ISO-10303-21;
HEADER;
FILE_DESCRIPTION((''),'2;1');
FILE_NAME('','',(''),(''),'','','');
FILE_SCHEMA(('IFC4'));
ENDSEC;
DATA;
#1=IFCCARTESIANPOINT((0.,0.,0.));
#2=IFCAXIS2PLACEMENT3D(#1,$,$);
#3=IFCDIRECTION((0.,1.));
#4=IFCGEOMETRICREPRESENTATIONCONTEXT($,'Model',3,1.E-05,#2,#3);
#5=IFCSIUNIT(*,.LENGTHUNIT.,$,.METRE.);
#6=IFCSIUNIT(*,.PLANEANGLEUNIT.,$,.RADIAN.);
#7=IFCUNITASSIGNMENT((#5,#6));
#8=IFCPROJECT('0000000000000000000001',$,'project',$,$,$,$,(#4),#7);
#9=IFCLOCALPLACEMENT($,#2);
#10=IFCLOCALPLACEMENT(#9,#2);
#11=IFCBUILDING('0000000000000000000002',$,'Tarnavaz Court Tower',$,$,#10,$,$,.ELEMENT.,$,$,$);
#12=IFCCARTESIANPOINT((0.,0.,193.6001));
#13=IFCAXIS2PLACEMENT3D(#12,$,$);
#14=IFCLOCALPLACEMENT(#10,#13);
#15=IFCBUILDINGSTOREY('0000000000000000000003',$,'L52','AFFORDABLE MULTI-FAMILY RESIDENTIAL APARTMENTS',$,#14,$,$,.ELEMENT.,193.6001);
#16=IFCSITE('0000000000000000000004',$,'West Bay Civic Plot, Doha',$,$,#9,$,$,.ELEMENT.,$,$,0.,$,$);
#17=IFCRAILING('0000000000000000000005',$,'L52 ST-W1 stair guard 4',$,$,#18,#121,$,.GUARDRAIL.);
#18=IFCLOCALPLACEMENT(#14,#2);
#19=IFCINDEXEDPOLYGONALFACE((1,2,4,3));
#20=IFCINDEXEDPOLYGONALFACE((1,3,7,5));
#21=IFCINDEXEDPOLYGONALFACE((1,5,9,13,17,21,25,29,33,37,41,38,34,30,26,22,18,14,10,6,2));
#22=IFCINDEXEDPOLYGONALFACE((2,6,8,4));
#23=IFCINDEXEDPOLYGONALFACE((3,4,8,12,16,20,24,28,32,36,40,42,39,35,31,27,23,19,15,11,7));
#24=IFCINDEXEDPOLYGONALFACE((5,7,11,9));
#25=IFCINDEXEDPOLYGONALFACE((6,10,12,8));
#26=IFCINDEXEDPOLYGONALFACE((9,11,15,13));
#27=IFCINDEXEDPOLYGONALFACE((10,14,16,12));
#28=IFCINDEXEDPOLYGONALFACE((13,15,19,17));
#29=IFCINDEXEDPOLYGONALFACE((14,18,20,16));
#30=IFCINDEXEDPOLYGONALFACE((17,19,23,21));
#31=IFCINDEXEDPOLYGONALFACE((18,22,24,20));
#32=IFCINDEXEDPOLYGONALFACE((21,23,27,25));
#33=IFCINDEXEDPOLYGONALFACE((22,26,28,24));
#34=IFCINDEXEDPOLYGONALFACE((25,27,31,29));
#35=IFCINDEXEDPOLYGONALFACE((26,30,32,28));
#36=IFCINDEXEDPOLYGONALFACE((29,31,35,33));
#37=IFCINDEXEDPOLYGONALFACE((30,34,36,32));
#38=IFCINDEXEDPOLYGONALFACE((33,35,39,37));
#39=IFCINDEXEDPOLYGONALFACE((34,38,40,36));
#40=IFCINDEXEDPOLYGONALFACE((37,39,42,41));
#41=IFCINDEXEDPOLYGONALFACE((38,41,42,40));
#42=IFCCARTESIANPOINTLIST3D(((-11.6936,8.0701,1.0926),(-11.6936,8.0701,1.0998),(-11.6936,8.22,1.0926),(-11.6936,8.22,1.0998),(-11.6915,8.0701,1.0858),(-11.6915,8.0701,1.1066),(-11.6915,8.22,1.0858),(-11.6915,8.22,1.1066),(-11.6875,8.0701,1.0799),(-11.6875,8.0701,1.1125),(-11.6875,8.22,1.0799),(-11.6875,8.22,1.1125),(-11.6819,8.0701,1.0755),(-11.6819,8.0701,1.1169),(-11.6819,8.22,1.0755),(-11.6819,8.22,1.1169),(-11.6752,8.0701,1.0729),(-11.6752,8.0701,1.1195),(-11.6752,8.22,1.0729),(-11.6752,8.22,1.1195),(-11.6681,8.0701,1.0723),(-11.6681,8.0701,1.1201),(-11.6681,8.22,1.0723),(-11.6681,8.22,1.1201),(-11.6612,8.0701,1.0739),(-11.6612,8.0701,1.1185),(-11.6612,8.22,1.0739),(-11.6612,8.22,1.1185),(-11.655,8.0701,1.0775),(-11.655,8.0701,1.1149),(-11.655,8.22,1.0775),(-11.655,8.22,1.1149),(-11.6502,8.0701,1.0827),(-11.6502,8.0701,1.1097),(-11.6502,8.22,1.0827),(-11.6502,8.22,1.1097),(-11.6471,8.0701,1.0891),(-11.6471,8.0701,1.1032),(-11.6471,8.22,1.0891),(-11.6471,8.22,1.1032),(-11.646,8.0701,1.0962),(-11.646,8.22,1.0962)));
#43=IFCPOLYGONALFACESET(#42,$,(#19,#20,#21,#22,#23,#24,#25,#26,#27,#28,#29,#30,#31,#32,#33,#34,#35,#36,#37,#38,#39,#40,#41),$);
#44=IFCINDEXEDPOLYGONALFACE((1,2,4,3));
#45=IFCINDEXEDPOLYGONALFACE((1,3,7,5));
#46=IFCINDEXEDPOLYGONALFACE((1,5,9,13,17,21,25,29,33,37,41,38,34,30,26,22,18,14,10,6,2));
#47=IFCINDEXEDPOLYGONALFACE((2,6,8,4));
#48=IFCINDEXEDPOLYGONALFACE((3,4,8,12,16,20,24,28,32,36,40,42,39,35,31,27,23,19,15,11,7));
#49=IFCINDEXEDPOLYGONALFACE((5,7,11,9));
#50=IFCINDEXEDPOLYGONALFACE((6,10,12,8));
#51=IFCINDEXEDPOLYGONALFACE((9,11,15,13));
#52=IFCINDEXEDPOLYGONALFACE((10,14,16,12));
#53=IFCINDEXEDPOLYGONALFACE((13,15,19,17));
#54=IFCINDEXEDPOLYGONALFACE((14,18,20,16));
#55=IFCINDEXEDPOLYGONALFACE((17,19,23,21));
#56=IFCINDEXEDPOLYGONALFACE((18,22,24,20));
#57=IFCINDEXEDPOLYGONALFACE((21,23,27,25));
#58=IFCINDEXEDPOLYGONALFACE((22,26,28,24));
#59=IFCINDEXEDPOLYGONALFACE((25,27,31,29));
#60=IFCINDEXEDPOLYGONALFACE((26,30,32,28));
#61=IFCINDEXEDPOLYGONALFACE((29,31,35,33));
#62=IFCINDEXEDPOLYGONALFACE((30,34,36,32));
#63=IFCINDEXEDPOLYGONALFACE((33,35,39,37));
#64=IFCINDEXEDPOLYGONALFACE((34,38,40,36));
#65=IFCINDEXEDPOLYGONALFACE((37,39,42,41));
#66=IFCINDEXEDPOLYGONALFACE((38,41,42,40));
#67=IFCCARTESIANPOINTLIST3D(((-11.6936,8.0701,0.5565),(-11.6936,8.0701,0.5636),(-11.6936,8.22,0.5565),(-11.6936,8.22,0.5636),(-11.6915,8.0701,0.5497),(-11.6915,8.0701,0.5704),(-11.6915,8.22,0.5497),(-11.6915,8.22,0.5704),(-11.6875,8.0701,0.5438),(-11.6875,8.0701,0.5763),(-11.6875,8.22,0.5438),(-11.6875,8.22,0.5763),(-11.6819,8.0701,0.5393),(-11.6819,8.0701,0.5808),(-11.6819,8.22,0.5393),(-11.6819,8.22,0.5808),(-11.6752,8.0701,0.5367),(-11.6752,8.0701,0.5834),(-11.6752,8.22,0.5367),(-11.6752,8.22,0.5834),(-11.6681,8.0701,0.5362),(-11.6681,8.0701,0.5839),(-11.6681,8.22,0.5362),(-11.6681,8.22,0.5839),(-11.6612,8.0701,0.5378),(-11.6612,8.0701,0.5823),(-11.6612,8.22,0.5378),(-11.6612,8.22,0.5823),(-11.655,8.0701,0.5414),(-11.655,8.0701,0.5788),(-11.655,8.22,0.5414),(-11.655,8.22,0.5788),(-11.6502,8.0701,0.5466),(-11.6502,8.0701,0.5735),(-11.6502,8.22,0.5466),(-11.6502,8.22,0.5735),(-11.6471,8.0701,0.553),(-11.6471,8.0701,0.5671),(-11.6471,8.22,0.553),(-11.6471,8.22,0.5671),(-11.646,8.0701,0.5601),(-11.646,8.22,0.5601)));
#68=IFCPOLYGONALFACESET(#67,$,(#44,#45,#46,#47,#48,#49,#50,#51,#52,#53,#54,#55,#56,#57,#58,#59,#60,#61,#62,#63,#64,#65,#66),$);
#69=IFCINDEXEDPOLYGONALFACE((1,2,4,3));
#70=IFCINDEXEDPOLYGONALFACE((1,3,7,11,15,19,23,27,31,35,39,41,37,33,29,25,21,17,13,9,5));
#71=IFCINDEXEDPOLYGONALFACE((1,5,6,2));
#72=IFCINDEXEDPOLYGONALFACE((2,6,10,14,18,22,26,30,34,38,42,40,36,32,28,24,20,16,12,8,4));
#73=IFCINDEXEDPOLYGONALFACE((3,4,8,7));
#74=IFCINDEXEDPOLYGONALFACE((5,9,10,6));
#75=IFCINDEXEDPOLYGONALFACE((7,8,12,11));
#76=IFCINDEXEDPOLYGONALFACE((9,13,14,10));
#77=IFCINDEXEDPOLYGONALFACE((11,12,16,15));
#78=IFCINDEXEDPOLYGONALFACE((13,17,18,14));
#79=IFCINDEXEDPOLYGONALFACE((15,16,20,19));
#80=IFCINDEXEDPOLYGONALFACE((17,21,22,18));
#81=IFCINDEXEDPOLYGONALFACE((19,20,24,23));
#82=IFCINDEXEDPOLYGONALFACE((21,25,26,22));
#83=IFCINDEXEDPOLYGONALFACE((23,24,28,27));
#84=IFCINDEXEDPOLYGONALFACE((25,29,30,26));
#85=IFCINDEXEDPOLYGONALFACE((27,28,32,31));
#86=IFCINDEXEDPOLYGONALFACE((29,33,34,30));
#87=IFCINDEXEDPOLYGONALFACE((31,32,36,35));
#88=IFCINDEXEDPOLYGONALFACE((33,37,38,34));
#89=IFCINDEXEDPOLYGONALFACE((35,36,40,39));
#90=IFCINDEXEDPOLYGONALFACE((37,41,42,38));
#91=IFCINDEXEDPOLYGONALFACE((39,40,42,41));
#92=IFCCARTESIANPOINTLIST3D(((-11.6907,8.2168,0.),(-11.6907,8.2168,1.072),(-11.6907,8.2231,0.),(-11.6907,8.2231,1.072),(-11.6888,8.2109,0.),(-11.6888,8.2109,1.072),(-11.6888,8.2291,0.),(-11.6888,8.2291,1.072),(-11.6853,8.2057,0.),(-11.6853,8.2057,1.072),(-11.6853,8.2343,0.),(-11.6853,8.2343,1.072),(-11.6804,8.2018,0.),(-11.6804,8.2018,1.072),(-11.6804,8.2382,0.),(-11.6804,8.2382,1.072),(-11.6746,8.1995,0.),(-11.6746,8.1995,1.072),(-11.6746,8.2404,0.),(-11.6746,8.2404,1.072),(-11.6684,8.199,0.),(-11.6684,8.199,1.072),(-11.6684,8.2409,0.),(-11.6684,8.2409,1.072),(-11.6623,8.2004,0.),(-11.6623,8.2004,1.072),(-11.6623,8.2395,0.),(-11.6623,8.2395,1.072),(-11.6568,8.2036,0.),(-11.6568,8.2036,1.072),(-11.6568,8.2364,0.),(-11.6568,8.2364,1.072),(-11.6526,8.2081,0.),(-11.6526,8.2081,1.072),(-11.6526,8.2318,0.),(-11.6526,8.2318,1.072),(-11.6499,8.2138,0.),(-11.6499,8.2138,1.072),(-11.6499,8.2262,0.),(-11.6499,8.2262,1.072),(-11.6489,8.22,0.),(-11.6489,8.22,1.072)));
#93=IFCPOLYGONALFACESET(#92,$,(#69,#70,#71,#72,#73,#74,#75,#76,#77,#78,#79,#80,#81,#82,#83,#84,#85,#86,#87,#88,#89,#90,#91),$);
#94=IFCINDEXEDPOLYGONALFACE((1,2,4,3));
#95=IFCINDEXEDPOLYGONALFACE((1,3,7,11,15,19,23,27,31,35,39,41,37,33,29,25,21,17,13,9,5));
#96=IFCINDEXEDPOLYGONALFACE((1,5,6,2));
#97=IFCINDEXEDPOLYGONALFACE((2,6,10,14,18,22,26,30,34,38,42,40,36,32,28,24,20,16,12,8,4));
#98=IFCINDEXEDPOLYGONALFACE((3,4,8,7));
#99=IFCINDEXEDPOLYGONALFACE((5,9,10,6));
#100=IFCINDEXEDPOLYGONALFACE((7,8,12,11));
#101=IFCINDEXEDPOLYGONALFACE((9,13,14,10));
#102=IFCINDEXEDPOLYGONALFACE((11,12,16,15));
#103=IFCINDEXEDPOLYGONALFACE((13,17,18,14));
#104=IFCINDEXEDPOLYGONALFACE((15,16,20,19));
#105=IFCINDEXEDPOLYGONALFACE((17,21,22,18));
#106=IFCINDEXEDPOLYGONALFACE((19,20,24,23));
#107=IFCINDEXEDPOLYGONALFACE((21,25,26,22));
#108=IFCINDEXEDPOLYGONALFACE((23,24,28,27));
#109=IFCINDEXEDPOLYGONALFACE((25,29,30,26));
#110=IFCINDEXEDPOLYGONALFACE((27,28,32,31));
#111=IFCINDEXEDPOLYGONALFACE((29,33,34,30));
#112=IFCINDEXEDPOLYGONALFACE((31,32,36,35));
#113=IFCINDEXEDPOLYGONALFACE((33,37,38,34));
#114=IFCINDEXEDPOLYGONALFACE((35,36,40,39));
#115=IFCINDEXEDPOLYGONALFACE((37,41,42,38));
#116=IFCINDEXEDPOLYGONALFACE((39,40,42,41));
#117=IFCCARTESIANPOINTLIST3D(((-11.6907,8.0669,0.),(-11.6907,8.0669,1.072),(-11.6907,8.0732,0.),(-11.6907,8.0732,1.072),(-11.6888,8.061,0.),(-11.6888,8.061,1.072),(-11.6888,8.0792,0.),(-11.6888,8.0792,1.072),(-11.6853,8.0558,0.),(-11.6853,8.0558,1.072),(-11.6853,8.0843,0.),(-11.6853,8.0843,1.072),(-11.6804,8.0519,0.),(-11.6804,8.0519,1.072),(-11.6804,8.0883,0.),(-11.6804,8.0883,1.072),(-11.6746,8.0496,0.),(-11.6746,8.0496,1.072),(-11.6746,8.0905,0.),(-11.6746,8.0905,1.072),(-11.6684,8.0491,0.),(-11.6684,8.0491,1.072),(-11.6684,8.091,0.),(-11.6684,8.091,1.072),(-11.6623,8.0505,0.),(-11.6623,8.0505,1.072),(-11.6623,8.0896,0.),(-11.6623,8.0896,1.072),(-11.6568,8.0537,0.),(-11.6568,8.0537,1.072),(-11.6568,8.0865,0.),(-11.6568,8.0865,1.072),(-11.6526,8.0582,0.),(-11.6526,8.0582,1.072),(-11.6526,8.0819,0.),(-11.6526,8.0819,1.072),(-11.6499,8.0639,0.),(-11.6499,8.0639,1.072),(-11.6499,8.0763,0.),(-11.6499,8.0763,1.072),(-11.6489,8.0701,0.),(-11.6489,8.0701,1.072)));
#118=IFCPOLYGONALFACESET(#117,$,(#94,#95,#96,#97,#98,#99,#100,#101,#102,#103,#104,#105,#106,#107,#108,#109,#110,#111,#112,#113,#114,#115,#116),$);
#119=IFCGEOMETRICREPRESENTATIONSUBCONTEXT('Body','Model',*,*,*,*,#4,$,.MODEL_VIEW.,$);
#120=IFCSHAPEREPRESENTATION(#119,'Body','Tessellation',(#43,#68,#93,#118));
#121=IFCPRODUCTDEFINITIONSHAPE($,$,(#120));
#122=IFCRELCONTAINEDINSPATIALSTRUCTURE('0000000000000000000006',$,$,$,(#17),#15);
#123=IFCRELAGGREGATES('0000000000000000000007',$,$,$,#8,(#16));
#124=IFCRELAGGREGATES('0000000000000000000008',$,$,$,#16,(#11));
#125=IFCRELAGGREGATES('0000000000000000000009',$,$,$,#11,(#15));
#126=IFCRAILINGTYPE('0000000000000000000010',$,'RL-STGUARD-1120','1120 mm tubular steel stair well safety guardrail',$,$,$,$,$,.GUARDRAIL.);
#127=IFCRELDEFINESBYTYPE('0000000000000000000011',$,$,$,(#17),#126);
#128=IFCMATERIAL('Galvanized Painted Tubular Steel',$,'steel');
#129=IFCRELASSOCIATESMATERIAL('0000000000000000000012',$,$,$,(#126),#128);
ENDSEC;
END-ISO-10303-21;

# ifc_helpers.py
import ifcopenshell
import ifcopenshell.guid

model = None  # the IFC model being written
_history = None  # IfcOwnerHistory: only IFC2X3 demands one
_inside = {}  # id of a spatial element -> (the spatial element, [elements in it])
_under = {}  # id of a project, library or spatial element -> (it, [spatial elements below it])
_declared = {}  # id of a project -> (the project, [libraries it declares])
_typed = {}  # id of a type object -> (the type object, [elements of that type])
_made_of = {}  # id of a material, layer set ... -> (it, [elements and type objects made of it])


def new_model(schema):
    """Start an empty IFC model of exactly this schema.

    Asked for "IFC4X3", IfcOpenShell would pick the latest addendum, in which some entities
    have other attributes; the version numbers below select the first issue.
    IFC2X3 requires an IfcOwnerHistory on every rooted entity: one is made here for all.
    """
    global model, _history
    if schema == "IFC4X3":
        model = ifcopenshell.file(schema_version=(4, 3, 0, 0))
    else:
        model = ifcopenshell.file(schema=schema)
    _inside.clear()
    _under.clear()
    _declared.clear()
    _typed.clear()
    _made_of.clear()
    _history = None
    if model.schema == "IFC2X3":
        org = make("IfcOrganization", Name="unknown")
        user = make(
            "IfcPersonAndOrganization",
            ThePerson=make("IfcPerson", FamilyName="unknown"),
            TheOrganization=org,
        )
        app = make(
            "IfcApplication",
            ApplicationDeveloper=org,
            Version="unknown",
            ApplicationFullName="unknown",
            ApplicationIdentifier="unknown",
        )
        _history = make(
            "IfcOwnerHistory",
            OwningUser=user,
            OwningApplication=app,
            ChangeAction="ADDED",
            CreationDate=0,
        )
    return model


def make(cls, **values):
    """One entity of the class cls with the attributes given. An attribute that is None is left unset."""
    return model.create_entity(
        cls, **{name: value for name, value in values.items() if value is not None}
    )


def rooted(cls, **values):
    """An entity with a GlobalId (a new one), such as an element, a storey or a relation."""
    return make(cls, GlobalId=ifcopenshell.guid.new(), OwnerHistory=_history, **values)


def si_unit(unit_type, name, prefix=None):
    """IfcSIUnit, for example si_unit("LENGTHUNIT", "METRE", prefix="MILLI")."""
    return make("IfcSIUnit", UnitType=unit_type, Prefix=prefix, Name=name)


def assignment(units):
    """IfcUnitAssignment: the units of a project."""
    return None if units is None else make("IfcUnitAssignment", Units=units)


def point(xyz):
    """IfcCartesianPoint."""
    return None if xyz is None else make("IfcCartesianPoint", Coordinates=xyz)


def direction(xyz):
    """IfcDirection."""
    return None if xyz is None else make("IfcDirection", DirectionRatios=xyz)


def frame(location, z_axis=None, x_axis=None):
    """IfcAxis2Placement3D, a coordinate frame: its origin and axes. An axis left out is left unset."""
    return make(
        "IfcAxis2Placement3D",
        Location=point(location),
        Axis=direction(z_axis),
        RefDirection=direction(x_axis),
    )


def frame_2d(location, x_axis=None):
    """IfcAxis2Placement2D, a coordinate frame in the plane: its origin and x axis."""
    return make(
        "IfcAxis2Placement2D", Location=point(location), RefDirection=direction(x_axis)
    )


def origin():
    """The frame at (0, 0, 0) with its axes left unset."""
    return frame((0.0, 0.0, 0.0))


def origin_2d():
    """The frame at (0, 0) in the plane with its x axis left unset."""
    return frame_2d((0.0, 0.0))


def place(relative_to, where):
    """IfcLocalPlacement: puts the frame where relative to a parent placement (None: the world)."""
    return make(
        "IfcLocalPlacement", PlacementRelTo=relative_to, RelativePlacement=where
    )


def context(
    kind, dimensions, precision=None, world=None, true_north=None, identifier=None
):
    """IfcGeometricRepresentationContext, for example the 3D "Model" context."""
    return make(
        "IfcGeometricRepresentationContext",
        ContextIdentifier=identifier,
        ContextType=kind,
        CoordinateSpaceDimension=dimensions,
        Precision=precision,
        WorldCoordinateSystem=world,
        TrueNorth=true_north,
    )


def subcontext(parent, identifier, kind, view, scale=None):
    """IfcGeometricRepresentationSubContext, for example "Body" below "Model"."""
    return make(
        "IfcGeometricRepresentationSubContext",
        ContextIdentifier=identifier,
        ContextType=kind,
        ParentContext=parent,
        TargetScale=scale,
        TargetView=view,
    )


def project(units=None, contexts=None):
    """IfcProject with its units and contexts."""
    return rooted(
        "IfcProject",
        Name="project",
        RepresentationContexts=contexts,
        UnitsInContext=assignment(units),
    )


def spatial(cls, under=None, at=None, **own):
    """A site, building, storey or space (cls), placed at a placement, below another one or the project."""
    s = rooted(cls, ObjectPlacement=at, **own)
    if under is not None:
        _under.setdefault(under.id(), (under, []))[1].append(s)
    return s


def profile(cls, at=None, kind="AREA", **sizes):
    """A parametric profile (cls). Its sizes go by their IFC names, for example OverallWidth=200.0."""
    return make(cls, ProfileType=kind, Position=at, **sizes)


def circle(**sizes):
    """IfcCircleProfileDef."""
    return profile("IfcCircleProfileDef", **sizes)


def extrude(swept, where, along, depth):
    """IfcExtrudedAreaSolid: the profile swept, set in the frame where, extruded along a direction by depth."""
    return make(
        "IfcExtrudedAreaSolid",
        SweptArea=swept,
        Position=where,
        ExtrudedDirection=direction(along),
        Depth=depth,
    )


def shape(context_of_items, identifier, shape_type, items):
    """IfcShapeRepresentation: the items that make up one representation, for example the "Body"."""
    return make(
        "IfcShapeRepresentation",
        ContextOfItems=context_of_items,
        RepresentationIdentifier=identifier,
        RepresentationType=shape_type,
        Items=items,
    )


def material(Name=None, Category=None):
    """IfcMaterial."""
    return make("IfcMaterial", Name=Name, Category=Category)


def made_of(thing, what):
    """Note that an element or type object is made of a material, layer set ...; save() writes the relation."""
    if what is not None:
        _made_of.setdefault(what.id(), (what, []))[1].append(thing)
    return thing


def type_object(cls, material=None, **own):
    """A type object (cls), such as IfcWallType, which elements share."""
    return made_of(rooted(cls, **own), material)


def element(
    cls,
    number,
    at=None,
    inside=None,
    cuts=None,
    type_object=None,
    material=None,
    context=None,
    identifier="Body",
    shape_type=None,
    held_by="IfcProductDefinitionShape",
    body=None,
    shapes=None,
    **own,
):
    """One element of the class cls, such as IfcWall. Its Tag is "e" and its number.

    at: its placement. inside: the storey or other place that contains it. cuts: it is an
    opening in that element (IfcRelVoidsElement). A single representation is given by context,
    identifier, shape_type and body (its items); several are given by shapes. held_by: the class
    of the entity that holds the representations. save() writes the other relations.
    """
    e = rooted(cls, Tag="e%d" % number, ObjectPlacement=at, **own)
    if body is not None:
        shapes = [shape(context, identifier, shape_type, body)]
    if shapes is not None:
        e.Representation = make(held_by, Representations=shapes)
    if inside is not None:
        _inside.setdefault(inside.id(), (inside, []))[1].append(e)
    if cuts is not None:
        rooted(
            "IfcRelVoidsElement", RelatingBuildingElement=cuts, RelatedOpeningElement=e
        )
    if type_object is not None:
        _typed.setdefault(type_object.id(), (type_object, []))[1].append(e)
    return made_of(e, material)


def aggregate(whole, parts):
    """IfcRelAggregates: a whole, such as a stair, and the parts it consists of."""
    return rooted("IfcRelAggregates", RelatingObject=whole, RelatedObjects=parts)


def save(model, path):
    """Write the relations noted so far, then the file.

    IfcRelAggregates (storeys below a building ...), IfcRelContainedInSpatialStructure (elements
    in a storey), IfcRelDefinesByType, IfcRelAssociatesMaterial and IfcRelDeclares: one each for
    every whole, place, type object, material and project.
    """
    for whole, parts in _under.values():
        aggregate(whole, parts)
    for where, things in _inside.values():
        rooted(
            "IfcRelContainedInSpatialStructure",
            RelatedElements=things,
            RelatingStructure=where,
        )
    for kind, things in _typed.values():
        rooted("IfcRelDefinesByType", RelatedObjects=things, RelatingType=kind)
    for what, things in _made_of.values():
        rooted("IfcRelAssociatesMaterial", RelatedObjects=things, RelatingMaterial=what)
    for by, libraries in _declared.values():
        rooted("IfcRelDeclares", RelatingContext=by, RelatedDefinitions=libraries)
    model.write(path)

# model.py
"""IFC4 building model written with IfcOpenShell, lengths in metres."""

from ifc_helpers import new_model, si_unit, direction, frame, origin, origin_2d, place, context, subcontext, project, spatial, circle, extrude, material, type_object, element, save


model = new_model("IFC4")

# Units and contexts
model_context = context("Model", 3, precision=1e-05, world=origin(), true_north=direction((0.0, 1.0)))
body_context = subcontext(model_context, "Body", "Model", "MODEL_VIEW")
ifc_project = project(units=[si_unit("LENGTHUNIT", "METRE"), si_unit("PLANEANGLEUNIT", "RADIAN")], contexts=[model_context])

# Site, building, storey
site_placement = place(None, origin())
site = spatial("IfcSite", under=ifc_project, at=site_placement, Name="West Bay Civic Plot, Doha", CompositionType="ELEMENT", RefElevation=0.0)
building_placement = place(site_placement, origin())
building = spatial("IfcBuilding", under=site, at=building_placement, Name="Tarnavaz Court Tower", CompositionType="ELEMENT")
storey_placement = place(building_placement, frame((0.0, 0.0, 193.6001)))
storey = spatial("IfcBuildingStorey", under=building, at=storey_placement, Name="L52", Description="AFFORDABLE MULTI-FAMILY RESIDENTIAL APARTMENTS", CompositionType="ELEMENT", Elevation=193.6001)

# Railing
ifc_material_1 = material(Name="Galvanized Painted Tubular Steel", Category="steel")
railing_type_1 = type_object("IfcRailingType", Name="RL-STGUARD-1120", Description="1120 mm tubular steel stair well safety guardrail", PredefinedType="GUARDRAIL", material=ifc_material_1)
railing_1_placement = place(storey_placement, frame((-11.6699, 8.22, 0.0)))
element("IfcRailing", 1, at=railing_1_placement, inside=storey, type_object=railing_type_1, Name="L52 ST-W1 stair guard 4", PredefinedType="GUARDRAIL", context=body_context, shape_type="SweptSolid", body=[
    extrude(circle(Radius=0.0239, at=origin_2d()), frame((0.0, 0.0, 1.0962), z_axis=(0.0, -1.0, 0.0), x_axis=(1.0, 0.0, 0.0)), (0.0, 0.0, 1.0), 0.1499),
    extrude(circle(Radius=0.0239, at=origin_2d()), frame((0.0, 0.0, 0.5601), z_axis=(0.0, -1.0, 0.0), x_axis=(1.0, 0.0, 0.0)), (0.0, 0.0, 1.0), 0.1499),
    extrude(circle(Radius=0.021, at=origin_2d()), origin(), (0.0, 0.0, 1.0), 1.072),
    extrude(circle(Radius=0.021, at=origin_2d()), frame((0.0, -0.1499, 0.0)), (0.0, 0.0, 1.0), 1.072),
])

save(model, "model.ifc")
